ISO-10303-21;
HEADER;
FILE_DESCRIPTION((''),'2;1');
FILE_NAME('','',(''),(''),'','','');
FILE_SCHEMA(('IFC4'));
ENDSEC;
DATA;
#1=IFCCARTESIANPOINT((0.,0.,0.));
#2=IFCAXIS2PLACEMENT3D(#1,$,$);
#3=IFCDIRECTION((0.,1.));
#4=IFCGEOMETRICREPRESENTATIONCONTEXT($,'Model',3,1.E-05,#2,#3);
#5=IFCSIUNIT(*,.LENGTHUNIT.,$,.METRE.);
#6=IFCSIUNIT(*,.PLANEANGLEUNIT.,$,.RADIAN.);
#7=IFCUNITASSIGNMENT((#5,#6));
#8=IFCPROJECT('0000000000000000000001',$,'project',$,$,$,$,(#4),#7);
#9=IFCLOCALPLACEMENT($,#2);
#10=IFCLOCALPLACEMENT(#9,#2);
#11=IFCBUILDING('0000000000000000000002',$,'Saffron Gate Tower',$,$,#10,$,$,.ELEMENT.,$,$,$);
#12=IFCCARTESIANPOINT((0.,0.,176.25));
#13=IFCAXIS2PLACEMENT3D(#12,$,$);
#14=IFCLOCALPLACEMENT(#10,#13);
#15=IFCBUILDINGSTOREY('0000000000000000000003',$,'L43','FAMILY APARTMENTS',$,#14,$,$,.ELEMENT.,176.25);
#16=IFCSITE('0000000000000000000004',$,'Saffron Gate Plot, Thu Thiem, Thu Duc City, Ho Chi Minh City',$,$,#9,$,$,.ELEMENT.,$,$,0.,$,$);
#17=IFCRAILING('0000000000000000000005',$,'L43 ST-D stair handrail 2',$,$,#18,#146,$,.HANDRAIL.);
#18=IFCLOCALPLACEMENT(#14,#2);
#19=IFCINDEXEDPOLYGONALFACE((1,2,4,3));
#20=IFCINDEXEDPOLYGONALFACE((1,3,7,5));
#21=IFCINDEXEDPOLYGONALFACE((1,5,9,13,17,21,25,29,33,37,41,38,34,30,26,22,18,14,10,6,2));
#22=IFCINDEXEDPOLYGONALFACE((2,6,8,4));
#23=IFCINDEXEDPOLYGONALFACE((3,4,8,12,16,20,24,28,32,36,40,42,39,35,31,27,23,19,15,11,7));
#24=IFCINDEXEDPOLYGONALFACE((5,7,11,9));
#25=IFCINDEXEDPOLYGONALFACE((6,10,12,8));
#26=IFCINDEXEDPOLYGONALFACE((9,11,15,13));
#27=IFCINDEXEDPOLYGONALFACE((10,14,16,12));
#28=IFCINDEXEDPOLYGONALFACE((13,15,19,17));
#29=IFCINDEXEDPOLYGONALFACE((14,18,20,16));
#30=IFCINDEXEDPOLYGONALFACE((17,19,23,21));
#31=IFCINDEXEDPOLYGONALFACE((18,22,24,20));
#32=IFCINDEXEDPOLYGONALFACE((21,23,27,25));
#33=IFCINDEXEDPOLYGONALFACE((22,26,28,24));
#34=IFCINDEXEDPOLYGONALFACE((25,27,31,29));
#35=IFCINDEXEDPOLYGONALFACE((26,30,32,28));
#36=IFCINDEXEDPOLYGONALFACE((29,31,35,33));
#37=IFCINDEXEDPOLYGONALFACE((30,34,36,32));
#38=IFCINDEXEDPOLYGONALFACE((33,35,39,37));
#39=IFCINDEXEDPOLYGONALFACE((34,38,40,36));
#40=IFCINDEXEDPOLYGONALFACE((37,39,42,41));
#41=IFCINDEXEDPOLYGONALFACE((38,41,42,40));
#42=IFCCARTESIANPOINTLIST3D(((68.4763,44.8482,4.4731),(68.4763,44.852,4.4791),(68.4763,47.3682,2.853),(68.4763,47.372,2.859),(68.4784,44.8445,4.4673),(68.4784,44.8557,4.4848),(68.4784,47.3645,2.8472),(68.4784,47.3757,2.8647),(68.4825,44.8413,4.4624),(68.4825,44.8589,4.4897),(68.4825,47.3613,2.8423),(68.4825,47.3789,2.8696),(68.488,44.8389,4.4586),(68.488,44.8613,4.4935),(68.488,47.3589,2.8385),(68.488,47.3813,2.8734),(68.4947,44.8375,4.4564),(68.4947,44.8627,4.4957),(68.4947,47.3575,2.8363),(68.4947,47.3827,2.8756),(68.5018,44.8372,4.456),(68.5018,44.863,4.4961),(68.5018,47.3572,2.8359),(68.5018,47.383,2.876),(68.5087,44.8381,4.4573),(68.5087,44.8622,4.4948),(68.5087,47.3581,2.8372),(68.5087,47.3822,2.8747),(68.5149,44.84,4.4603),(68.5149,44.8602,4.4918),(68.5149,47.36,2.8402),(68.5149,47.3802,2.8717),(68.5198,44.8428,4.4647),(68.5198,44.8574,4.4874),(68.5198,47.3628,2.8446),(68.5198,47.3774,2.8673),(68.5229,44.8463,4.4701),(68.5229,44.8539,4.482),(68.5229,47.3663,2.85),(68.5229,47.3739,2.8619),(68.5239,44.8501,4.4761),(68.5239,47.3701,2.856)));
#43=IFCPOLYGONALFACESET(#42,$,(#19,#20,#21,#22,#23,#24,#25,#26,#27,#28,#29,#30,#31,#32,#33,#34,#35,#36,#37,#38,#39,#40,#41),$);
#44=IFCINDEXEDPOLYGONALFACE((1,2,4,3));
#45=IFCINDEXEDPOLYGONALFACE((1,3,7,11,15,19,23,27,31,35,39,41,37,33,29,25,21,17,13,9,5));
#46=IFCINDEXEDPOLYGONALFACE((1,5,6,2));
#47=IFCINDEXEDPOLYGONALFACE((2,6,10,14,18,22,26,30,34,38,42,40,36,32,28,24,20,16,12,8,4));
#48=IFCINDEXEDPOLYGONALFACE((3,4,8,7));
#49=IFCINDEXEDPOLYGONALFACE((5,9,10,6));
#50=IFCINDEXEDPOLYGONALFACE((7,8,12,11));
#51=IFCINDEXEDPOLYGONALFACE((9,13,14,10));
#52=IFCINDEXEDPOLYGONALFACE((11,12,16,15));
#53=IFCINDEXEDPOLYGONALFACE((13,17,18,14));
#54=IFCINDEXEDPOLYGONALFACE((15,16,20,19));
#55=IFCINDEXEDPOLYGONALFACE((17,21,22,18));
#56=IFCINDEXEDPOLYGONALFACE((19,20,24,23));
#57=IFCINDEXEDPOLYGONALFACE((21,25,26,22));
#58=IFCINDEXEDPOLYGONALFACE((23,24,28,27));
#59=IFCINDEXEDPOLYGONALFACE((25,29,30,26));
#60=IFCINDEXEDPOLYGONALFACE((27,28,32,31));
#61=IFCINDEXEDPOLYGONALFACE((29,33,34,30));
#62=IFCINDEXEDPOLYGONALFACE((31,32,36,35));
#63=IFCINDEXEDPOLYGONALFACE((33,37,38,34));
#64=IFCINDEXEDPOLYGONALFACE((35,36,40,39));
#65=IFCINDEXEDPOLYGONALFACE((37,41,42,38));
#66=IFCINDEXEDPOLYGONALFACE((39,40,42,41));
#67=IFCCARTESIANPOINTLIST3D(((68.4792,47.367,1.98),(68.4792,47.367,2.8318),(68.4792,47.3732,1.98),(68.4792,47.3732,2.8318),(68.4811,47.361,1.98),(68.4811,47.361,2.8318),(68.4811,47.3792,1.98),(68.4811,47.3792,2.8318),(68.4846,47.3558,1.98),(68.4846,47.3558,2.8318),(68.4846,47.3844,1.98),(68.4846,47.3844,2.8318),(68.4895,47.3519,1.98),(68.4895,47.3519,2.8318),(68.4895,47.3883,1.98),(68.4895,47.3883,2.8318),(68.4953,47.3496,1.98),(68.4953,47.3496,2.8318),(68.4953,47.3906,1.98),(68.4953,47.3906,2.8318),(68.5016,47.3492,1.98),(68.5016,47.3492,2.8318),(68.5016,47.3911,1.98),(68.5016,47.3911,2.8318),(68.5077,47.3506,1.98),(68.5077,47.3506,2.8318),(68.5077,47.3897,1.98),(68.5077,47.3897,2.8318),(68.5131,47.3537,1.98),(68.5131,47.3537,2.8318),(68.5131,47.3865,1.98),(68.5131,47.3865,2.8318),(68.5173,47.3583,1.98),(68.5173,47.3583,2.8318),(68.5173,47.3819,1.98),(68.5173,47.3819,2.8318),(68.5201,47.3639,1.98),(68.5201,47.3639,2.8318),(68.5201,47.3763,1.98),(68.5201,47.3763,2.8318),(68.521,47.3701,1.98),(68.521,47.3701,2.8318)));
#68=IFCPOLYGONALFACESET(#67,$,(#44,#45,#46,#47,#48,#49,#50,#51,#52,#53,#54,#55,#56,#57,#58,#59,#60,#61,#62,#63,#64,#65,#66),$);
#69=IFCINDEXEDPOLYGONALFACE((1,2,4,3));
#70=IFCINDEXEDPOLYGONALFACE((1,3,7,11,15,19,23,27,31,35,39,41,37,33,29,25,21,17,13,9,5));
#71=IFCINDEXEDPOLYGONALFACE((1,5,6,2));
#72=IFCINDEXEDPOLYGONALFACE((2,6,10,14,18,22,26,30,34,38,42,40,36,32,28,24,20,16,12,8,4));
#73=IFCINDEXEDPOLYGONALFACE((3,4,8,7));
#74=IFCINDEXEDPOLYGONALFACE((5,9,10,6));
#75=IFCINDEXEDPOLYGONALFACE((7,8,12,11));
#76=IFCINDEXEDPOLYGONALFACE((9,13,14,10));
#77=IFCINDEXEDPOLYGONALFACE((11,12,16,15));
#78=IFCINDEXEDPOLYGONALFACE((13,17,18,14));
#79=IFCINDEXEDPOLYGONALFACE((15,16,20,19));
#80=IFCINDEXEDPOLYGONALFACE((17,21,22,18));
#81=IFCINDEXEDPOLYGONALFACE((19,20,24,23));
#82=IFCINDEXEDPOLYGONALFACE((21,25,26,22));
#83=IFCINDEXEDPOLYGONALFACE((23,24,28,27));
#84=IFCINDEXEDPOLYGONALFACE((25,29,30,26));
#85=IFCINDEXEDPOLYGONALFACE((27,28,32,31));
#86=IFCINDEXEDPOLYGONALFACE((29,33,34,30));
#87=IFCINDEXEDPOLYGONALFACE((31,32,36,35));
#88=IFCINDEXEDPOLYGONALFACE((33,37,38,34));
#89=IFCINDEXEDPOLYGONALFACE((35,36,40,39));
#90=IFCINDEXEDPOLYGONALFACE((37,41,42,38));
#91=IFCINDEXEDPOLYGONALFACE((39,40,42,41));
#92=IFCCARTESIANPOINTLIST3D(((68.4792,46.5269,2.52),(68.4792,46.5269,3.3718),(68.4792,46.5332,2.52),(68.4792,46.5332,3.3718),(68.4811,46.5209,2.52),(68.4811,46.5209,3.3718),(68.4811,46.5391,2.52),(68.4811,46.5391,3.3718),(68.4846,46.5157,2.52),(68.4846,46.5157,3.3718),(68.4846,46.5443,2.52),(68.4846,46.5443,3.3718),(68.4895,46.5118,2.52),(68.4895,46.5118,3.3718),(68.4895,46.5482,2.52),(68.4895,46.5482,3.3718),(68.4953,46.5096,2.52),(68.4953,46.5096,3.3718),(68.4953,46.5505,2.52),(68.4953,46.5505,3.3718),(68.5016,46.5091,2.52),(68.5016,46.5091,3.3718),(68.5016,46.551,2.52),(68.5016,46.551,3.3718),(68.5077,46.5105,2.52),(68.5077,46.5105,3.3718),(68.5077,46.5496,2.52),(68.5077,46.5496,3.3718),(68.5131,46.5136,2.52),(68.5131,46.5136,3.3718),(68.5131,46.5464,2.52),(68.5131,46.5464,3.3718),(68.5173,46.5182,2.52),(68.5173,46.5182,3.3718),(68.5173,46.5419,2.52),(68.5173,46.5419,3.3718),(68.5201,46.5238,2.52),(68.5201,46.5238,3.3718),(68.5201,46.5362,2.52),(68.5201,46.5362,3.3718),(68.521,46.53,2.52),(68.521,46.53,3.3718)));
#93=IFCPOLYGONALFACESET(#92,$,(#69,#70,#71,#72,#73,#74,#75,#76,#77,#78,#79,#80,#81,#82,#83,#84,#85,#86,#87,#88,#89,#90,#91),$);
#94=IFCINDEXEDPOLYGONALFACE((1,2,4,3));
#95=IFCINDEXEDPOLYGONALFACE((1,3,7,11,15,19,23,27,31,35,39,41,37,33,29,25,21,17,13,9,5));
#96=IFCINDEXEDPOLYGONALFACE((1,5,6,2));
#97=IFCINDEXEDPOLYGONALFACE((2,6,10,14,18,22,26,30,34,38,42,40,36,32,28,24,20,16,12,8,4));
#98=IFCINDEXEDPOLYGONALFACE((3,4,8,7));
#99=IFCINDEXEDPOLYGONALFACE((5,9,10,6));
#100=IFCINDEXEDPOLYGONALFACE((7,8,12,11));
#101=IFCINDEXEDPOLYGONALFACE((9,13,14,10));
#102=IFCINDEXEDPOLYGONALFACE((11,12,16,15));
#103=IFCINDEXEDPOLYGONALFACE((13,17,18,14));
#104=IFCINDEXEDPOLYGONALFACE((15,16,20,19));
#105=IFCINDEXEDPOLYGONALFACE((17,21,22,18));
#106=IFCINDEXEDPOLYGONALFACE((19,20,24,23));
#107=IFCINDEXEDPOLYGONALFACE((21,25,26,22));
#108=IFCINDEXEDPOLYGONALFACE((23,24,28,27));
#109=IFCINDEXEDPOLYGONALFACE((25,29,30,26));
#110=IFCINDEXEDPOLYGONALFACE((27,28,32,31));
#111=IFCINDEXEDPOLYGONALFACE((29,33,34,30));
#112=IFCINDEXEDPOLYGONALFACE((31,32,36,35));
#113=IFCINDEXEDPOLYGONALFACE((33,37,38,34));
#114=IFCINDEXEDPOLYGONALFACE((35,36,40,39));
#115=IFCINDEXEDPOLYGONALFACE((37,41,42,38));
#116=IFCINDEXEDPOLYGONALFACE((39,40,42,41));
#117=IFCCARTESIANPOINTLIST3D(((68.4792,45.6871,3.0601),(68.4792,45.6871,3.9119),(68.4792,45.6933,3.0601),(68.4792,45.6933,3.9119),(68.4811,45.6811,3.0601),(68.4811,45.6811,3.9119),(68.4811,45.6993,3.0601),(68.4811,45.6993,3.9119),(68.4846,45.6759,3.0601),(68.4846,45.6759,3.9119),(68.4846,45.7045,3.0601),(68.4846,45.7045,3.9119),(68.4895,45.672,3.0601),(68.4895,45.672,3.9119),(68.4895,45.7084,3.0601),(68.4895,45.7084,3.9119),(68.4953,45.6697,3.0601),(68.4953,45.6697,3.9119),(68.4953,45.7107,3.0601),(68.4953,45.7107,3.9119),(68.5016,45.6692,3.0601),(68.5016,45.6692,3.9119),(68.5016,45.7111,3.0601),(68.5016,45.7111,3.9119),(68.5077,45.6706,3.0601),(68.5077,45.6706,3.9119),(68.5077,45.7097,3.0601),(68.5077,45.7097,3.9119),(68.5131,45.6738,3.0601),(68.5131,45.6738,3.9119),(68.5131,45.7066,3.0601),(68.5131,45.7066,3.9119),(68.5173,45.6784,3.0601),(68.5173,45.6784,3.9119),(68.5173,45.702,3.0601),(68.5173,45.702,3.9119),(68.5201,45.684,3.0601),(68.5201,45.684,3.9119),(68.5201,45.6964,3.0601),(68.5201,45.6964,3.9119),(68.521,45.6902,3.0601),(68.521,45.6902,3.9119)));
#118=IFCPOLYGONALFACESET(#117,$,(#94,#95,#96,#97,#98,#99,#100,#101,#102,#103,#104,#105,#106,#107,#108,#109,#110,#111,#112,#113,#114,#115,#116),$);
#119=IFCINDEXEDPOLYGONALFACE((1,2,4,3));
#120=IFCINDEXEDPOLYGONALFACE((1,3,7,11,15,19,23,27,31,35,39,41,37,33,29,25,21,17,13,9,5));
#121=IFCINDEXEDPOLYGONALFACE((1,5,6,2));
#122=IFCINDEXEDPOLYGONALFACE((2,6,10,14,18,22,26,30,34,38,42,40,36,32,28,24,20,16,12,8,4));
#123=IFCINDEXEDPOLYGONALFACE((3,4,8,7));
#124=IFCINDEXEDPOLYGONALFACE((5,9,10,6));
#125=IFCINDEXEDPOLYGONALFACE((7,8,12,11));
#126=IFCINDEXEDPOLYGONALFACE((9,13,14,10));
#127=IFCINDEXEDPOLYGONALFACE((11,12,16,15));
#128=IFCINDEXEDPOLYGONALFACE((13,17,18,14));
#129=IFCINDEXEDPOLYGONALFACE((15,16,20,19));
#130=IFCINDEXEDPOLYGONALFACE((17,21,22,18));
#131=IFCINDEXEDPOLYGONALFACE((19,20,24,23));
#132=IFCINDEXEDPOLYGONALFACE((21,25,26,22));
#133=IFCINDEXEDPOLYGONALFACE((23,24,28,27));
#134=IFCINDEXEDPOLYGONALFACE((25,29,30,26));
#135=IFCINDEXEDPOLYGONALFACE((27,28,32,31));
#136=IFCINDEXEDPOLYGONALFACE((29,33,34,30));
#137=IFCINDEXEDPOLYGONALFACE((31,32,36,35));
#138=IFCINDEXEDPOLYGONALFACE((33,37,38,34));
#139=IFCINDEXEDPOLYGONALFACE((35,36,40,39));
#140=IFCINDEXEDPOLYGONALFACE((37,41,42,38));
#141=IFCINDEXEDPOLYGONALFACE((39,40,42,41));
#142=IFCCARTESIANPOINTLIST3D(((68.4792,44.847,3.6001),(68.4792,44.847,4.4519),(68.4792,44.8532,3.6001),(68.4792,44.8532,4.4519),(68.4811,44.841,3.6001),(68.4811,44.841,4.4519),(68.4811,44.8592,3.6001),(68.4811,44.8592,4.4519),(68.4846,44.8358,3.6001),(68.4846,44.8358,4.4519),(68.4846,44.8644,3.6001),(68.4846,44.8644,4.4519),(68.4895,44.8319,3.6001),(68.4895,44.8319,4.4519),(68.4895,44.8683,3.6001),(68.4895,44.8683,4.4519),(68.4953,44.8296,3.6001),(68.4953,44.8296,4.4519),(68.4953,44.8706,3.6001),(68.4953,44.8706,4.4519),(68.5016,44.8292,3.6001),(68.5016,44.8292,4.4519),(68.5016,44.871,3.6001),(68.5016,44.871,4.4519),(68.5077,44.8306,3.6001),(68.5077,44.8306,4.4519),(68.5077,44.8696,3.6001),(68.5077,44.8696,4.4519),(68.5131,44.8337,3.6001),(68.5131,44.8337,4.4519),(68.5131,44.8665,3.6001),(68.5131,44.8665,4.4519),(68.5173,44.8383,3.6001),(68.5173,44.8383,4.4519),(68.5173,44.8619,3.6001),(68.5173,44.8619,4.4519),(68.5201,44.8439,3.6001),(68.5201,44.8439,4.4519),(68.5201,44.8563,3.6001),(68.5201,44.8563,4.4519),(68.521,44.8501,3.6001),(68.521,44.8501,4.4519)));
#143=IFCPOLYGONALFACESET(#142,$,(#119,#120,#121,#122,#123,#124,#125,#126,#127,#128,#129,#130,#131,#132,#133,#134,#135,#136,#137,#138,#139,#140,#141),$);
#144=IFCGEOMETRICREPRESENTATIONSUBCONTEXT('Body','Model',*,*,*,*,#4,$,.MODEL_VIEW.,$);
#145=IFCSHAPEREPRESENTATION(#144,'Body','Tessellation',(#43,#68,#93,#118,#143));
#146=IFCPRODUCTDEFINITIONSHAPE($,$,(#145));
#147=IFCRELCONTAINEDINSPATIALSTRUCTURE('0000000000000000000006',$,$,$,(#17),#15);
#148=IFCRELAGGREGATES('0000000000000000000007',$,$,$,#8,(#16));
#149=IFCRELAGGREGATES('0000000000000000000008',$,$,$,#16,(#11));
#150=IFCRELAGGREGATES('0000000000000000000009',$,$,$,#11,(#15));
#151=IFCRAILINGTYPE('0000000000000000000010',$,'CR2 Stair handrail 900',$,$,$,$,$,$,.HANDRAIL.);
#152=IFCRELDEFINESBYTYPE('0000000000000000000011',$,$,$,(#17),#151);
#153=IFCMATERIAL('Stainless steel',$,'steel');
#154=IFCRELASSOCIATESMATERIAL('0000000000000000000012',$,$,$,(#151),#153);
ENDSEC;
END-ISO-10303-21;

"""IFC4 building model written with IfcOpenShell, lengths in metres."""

from ifc_helpers import new_model, si_unit, direction, frame, origin, origin_2d, place, context, subcontext, project, spatial, circle, extrude, material, type_object, element, save


model = new_model("IFC4")

# Units and contexts
model_context = context("Model", 3, precision=1e-05, world=origin(), true_north=direction((0.0, 1.0)))
body_context = subcontext(model_context, "Body", "Model", "MODEL_VIEW")
ifc_project = project(units=[si_unit("LENGTHUNIT", "METRE"), si_unit("PLANEANGLEUNIT", "RADIAN")], contexts=[model_context])

# Site, building, storey
site_placement = place(None, origin())
site = spatial("IfcSite", under=ifc_project, at=site_placement, Name="Saffron Gate Plot, Thu Thiem, Thu Duc City, Ho Chi Minh City", CompositionType="ELEMENT", RefElevation=0.0)
building_placement = place(site_placement, origin())
building = spatial("IfcBuilding", under=site, at=building_placement, Name="Saffron Gate Tower", CompositionType="ELEMENT")
storey_placement = place(building_placement, frame((0.0, 0.0, 176.25)))
storey = spatial("IfcBuildingStorey", under=building, at=storey_placement, Name="L43", Description="FAMILY APARTMENTS", CompositionType="ELEMENT", Elevation=176.25)

# Railing
ifc_material_1 = material(Name="Stainless steel", Category="steel")
railing_type_1 = type_object("IfcRailingType", Name="CR2 Stair handrail 900", PredefinedType="HANDRAIL", material=ifc_material_1)
railing_1_placement = place(storey_placement, frame((68.5, 47.3701, 1.98)))
element("IfcRailing", 1, at=railing_1_placement, inside=storey, type_object=railing_type_1, Name="L43 ST-D stair handrail 2", PredefinedType="HANDRAIL", context=body_context, shape_type="SweptSolid", body=[
    extrude(circle(Radius=0.0239, at=origin_2d()), frame((0.0, 0.0, 0.876), z_axis=(0.0, -0.841163, 0.540782), x_axis=(1.0, 0.0, 0.0)), (0.0, 0.0, 1.0), 2.9958),
    extrude(circle(Radius=0.021, at=origin_2d()), origin(), (0.0, 0.0, 1.0), 0.8518),
    extrude(circle(Radius=0.021, at=origin_2d()), frame((0.0, -0.8401, 0.54)), (0.0, 0.0, 1.0), 0.8518),
    extrude(circle(Radius=0.021, at=origin_2d()), frame((0.0, -1.6799, 1.0801)), (0.0, 0.0, 1.0), 0.8518),
    extrude(circle(Radius=0.021, at=origin_2d()), frame((0.0, -2.52, 1.6201)), (0.0, 0.0, 1.0), 0.8518),
])

save(model, "model.ifc")
